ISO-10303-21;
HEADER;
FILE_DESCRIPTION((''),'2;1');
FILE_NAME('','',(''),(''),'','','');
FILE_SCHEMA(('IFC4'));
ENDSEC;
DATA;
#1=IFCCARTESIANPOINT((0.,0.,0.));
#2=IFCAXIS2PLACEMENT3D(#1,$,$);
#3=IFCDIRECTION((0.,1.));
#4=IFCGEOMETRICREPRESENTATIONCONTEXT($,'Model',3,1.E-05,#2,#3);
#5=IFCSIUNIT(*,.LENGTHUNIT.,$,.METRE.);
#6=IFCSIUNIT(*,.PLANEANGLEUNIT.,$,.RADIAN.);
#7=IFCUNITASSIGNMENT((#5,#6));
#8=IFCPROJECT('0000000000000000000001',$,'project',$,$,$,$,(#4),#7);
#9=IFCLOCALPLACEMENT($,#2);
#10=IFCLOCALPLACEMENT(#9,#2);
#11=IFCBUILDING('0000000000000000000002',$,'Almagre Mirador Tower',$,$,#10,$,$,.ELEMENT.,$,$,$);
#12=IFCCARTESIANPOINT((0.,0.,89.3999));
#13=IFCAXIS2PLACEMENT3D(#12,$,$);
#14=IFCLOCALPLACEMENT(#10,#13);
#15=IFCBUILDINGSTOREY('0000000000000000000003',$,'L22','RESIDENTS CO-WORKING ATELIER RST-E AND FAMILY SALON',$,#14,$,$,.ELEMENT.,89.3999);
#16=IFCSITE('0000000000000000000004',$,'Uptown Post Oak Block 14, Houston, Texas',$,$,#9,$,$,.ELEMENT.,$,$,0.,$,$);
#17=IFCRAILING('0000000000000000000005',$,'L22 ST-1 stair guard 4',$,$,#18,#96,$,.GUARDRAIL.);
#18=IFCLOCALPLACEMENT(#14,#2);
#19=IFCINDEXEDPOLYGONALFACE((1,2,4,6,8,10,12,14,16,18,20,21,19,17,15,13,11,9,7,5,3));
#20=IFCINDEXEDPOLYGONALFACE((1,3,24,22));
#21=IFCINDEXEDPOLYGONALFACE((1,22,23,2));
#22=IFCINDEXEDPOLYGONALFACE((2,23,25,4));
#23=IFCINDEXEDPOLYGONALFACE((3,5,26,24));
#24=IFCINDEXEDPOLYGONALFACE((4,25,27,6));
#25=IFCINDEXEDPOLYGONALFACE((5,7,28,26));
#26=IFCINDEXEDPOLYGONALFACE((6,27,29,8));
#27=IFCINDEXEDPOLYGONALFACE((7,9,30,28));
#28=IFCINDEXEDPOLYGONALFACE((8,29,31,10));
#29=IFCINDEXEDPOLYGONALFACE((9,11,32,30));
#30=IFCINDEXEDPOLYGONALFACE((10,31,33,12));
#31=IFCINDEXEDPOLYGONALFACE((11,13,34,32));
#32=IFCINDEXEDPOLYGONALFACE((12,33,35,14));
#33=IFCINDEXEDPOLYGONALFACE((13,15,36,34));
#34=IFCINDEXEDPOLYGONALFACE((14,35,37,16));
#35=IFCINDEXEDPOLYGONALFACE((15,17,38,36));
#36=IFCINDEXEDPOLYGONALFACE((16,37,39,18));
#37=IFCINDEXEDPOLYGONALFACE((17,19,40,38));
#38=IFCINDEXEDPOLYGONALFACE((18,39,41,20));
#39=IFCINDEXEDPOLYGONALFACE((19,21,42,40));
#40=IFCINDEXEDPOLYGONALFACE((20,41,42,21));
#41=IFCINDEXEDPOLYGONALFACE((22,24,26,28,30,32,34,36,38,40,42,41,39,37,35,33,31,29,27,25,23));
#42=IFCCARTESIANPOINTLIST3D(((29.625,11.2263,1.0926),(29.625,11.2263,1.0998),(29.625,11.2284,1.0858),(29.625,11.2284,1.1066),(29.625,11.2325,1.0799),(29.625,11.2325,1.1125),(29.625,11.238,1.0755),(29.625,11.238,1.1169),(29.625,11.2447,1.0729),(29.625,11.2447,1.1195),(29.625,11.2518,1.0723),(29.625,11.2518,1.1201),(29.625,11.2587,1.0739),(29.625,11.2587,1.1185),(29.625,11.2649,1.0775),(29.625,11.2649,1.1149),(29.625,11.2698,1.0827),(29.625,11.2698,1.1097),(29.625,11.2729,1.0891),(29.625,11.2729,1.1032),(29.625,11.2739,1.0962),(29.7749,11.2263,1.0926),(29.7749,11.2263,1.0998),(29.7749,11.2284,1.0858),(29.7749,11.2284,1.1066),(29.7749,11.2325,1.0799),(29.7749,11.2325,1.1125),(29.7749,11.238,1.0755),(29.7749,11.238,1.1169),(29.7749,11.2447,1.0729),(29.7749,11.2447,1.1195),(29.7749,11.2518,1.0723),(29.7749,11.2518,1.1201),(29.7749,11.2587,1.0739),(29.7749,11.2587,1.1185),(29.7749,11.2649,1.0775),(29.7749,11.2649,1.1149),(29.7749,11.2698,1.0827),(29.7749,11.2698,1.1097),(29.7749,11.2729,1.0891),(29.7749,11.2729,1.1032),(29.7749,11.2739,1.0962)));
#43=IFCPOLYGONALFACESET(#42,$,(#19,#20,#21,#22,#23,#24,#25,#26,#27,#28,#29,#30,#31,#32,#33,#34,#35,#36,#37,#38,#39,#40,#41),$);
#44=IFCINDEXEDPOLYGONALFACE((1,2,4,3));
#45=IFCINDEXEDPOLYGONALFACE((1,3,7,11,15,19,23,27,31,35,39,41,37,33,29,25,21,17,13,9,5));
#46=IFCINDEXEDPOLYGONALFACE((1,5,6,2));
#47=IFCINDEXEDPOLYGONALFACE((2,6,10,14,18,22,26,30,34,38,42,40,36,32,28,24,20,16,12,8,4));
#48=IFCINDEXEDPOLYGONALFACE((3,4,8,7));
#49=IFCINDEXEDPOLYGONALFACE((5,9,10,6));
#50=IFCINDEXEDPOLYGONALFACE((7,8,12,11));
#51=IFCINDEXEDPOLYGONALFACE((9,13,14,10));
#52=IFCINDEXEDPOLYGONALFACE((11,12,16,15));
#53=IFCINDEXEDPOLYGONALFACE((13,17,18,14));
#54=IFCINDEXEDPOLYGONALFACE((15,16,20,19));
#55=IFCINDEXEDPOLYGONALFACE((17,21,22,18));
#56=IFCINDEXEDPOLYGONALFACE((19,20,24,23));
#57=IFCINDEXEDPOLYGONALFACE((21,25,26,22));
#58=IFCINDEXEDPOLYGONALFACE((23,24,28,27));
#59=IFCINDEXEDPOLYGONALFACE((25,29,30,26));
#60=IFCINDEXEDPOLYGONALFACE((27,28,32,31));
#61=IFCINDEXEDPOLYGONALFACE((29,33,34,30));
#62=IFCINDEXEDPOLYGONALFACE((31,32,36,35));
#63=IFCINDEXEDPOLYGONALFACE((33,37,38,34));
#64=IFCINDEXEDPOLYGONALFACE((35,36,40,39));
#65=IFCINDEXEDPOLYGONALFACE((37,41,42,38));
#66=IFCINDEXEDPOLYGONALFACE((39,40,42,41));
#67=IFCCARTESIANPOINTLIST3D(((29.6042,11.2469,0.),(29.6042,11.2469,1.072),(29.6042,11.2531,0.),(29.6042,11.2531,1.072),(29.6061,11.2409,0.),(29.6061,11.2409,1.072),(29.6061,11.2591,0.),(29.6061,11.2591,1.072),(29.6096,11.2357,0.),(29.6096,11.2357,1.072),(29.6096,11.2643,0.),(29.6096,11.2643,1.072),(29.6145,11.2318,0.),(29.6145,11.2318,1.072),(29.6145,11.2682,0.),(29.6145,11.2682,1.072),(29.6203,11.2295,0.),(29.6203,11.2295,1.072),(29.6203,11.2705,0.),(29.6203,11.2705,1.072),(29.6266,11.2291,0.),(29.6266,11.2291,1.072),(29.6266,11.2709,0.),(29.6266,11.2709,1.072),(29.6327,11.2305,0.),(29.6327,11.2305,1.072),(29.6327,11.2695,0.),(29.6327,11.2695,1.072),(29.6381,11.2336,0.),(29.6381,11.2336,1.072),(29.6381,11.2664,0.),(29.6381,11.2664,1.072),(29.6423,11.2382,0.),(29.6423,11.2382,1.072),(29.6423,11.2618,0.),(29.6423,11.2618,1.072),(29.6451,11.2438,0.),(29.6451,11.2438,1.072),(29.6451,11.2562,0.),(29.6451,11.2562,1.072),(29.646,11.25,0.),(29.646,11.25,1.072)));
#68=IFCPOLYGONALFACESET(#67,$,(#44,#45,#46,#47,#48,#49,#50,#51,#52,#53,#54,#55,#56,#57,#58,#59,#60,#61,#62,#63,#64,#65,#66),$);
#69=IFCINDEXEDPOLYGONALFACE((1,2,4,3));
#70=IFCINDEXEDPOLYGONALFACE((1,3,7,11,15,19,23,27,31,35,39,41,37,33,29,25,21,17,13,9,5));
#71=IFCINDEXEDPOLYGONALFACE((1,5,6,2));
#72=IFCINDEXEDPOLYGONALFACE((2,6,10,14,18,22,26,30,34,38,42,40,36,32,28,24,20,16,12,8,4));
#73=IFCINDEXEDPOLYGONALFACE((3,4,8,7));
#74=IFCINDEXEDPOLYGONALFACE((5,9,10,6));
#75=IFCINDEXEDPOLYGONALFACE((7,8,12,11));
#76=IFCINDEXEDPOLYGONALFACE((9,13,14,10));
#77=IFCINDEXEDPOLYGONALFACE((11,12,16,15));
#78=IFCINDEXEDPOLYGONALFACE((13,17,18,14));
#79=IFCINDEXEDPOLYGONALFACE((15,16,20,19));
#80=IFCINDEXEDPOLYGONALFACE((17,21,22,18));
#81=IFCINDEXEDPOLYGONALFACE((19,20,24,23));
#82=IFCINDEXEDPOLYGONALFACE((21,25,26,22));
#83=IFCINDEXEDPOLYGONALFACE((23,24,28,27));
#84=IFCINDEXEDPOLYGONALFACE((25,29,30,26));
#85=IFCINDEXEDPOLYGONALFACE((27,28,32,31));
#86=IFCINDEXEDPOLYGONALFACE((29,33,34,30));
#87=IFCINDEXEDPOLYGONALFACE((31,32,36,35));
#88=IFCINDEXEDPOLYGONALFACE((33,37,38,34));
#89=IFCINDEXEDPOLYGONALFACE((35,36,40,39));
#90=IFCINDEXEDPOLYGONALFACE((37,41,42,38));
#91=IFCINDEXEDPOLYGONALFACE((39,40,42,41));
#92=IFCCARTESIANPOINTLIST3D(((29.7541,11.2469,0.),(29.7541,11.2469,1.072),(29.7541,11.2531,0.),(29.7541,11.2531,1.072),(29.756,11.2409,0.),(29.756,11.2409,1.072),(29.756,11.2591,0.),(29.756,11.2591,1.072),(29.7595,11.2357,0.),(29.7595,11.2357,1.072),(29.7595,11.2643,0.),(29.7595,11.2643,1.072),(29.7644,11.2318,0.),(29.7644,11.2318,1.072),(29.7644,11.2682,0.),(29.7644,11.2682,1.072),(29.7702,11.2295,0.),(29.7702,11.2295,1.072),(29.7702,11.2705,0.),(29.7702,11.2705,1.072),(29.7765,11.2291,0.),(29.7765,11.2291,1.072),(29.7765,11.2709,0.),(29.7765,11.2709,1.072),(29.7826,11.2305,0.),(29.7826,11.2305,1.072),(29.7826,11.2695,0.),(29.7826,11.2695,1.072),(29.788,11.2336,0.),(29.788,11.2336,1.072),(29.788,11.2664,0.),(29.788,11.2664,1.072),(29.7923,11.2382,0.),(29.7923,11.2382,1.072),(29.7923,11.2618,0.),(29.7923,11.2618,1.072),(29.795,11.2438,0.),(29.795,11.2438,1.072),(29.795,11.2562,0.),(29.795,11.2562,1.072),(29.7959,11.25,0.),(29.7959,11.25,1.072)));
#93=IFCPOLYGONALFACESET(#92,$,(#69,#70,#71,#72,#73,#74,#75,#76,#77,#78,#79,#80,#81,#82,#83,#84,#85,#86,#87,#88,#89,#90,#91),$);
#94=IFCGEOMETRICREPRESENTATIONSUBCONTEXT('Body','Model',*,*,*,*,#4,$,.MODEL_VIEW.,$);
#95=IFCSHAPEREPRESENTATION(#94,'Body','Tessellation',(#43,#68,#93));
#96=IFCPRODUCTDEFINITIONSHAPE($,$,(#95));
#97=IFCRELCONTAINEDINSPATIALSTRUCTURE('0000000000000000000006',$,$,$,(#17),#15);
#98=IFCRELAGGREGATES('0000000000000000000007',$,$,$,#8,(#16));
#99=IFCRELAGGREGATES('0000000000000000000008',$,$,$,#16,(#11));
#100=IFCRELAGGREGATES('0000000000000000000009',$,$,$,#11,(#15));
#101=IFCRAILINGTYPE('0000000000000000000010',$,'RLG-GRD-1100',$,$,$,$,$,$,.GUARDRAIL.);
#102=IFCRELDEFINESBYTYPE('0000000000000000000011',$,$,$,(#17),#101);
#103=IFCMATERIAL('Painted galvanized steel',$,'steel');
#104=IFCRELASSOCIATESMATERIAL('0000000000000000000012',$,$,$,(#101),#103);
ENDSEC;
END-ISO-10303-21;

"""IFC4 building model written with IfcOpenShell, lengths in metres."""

from ifc_helpers import new_model, si_unit, direction, frame, origin, origin_2d, place, context, subcontext, project, spatial, circle, extrude, material, type_object, element, save


model = new_model("IFC4")

# Units and contexts
model_context = context("Model", 3, precision=1e-05, world=origin(), true_north=direction((0.0, 1.0)))
body_context = subcontext(model_context, "Body", "Model", "MODEL_VIEW")
ifc_project = project(units=[si_unit("LENGTHUNIT", "METRE"), si_unit("PLANEANGLEUNIT", "RADIAN")], contexts=[model_context])

# Site, building, storey
site_placement = place(None, origin())
site = spatial("IfcSite", under=ifc_project, at=site_placement, Name="Uptown Post Oak Block 14, Houston, Texas", CompositionType="ELEMENT", RefElevation=0.0)
building_placement = place(site_placement, origin())
building = spatial("IfcBuilding", under=site, at=building_placement, Name="Almagre Mirador Tower", CompositionType="ELEMENT")
storey_placement = place(building_placement, frame((0.0, 0.0, 89.3999)))
storey = spatial("IfcBuildingStorey", under=building, at=storey_placement, Name="L22", Description="RESIDENTS CO-WORKING ATELIER RST-E AND FAMILY SALON", CompositionType="ELEMENT", Elevation=89.3999)

# Railing
ifc_material_1 = material(Name="Painted galvanized steel", Category="steel")
railing_type_1 = type_object("IfcRailingType", Name="RLG-GRD-1100", PredefinedType="GUARDRAIL", material=ifc_material_1)
railing_1_placement = place(storey_placement, frame((29.625, 11.25, 0.0)))
element("IfcRailing", 1, at=railing_1_placement, inside=storey, type_object=railing_type_1, Name="L22 ST-1 stair guard 4", PredefinedType="GUARDRAIL", context=body_context, shape_type="SweptSolid", body=[
    extrude(circle(Radius=0.0239, at=origin_2d()), frame((0.0, 0.0, 1.0962), z_axis=(1.0, 0.0, 0.0), x_axis=(0.0, 1.0, 0.0)), (0.0, 0.0, 1.0), 0.1499),
    extrude(circle(Radius=0.021, at=origin_2d()), origin(), (0.0, 0.0, 1.0), 1.072),
    extrude(circle(Radius=0.021, at=origin_2d()), frame((0.1499, 0.0, 0.0)), (0.0, 0.0, 1.0), 1.072),
])

save(model, "model.ifc")
